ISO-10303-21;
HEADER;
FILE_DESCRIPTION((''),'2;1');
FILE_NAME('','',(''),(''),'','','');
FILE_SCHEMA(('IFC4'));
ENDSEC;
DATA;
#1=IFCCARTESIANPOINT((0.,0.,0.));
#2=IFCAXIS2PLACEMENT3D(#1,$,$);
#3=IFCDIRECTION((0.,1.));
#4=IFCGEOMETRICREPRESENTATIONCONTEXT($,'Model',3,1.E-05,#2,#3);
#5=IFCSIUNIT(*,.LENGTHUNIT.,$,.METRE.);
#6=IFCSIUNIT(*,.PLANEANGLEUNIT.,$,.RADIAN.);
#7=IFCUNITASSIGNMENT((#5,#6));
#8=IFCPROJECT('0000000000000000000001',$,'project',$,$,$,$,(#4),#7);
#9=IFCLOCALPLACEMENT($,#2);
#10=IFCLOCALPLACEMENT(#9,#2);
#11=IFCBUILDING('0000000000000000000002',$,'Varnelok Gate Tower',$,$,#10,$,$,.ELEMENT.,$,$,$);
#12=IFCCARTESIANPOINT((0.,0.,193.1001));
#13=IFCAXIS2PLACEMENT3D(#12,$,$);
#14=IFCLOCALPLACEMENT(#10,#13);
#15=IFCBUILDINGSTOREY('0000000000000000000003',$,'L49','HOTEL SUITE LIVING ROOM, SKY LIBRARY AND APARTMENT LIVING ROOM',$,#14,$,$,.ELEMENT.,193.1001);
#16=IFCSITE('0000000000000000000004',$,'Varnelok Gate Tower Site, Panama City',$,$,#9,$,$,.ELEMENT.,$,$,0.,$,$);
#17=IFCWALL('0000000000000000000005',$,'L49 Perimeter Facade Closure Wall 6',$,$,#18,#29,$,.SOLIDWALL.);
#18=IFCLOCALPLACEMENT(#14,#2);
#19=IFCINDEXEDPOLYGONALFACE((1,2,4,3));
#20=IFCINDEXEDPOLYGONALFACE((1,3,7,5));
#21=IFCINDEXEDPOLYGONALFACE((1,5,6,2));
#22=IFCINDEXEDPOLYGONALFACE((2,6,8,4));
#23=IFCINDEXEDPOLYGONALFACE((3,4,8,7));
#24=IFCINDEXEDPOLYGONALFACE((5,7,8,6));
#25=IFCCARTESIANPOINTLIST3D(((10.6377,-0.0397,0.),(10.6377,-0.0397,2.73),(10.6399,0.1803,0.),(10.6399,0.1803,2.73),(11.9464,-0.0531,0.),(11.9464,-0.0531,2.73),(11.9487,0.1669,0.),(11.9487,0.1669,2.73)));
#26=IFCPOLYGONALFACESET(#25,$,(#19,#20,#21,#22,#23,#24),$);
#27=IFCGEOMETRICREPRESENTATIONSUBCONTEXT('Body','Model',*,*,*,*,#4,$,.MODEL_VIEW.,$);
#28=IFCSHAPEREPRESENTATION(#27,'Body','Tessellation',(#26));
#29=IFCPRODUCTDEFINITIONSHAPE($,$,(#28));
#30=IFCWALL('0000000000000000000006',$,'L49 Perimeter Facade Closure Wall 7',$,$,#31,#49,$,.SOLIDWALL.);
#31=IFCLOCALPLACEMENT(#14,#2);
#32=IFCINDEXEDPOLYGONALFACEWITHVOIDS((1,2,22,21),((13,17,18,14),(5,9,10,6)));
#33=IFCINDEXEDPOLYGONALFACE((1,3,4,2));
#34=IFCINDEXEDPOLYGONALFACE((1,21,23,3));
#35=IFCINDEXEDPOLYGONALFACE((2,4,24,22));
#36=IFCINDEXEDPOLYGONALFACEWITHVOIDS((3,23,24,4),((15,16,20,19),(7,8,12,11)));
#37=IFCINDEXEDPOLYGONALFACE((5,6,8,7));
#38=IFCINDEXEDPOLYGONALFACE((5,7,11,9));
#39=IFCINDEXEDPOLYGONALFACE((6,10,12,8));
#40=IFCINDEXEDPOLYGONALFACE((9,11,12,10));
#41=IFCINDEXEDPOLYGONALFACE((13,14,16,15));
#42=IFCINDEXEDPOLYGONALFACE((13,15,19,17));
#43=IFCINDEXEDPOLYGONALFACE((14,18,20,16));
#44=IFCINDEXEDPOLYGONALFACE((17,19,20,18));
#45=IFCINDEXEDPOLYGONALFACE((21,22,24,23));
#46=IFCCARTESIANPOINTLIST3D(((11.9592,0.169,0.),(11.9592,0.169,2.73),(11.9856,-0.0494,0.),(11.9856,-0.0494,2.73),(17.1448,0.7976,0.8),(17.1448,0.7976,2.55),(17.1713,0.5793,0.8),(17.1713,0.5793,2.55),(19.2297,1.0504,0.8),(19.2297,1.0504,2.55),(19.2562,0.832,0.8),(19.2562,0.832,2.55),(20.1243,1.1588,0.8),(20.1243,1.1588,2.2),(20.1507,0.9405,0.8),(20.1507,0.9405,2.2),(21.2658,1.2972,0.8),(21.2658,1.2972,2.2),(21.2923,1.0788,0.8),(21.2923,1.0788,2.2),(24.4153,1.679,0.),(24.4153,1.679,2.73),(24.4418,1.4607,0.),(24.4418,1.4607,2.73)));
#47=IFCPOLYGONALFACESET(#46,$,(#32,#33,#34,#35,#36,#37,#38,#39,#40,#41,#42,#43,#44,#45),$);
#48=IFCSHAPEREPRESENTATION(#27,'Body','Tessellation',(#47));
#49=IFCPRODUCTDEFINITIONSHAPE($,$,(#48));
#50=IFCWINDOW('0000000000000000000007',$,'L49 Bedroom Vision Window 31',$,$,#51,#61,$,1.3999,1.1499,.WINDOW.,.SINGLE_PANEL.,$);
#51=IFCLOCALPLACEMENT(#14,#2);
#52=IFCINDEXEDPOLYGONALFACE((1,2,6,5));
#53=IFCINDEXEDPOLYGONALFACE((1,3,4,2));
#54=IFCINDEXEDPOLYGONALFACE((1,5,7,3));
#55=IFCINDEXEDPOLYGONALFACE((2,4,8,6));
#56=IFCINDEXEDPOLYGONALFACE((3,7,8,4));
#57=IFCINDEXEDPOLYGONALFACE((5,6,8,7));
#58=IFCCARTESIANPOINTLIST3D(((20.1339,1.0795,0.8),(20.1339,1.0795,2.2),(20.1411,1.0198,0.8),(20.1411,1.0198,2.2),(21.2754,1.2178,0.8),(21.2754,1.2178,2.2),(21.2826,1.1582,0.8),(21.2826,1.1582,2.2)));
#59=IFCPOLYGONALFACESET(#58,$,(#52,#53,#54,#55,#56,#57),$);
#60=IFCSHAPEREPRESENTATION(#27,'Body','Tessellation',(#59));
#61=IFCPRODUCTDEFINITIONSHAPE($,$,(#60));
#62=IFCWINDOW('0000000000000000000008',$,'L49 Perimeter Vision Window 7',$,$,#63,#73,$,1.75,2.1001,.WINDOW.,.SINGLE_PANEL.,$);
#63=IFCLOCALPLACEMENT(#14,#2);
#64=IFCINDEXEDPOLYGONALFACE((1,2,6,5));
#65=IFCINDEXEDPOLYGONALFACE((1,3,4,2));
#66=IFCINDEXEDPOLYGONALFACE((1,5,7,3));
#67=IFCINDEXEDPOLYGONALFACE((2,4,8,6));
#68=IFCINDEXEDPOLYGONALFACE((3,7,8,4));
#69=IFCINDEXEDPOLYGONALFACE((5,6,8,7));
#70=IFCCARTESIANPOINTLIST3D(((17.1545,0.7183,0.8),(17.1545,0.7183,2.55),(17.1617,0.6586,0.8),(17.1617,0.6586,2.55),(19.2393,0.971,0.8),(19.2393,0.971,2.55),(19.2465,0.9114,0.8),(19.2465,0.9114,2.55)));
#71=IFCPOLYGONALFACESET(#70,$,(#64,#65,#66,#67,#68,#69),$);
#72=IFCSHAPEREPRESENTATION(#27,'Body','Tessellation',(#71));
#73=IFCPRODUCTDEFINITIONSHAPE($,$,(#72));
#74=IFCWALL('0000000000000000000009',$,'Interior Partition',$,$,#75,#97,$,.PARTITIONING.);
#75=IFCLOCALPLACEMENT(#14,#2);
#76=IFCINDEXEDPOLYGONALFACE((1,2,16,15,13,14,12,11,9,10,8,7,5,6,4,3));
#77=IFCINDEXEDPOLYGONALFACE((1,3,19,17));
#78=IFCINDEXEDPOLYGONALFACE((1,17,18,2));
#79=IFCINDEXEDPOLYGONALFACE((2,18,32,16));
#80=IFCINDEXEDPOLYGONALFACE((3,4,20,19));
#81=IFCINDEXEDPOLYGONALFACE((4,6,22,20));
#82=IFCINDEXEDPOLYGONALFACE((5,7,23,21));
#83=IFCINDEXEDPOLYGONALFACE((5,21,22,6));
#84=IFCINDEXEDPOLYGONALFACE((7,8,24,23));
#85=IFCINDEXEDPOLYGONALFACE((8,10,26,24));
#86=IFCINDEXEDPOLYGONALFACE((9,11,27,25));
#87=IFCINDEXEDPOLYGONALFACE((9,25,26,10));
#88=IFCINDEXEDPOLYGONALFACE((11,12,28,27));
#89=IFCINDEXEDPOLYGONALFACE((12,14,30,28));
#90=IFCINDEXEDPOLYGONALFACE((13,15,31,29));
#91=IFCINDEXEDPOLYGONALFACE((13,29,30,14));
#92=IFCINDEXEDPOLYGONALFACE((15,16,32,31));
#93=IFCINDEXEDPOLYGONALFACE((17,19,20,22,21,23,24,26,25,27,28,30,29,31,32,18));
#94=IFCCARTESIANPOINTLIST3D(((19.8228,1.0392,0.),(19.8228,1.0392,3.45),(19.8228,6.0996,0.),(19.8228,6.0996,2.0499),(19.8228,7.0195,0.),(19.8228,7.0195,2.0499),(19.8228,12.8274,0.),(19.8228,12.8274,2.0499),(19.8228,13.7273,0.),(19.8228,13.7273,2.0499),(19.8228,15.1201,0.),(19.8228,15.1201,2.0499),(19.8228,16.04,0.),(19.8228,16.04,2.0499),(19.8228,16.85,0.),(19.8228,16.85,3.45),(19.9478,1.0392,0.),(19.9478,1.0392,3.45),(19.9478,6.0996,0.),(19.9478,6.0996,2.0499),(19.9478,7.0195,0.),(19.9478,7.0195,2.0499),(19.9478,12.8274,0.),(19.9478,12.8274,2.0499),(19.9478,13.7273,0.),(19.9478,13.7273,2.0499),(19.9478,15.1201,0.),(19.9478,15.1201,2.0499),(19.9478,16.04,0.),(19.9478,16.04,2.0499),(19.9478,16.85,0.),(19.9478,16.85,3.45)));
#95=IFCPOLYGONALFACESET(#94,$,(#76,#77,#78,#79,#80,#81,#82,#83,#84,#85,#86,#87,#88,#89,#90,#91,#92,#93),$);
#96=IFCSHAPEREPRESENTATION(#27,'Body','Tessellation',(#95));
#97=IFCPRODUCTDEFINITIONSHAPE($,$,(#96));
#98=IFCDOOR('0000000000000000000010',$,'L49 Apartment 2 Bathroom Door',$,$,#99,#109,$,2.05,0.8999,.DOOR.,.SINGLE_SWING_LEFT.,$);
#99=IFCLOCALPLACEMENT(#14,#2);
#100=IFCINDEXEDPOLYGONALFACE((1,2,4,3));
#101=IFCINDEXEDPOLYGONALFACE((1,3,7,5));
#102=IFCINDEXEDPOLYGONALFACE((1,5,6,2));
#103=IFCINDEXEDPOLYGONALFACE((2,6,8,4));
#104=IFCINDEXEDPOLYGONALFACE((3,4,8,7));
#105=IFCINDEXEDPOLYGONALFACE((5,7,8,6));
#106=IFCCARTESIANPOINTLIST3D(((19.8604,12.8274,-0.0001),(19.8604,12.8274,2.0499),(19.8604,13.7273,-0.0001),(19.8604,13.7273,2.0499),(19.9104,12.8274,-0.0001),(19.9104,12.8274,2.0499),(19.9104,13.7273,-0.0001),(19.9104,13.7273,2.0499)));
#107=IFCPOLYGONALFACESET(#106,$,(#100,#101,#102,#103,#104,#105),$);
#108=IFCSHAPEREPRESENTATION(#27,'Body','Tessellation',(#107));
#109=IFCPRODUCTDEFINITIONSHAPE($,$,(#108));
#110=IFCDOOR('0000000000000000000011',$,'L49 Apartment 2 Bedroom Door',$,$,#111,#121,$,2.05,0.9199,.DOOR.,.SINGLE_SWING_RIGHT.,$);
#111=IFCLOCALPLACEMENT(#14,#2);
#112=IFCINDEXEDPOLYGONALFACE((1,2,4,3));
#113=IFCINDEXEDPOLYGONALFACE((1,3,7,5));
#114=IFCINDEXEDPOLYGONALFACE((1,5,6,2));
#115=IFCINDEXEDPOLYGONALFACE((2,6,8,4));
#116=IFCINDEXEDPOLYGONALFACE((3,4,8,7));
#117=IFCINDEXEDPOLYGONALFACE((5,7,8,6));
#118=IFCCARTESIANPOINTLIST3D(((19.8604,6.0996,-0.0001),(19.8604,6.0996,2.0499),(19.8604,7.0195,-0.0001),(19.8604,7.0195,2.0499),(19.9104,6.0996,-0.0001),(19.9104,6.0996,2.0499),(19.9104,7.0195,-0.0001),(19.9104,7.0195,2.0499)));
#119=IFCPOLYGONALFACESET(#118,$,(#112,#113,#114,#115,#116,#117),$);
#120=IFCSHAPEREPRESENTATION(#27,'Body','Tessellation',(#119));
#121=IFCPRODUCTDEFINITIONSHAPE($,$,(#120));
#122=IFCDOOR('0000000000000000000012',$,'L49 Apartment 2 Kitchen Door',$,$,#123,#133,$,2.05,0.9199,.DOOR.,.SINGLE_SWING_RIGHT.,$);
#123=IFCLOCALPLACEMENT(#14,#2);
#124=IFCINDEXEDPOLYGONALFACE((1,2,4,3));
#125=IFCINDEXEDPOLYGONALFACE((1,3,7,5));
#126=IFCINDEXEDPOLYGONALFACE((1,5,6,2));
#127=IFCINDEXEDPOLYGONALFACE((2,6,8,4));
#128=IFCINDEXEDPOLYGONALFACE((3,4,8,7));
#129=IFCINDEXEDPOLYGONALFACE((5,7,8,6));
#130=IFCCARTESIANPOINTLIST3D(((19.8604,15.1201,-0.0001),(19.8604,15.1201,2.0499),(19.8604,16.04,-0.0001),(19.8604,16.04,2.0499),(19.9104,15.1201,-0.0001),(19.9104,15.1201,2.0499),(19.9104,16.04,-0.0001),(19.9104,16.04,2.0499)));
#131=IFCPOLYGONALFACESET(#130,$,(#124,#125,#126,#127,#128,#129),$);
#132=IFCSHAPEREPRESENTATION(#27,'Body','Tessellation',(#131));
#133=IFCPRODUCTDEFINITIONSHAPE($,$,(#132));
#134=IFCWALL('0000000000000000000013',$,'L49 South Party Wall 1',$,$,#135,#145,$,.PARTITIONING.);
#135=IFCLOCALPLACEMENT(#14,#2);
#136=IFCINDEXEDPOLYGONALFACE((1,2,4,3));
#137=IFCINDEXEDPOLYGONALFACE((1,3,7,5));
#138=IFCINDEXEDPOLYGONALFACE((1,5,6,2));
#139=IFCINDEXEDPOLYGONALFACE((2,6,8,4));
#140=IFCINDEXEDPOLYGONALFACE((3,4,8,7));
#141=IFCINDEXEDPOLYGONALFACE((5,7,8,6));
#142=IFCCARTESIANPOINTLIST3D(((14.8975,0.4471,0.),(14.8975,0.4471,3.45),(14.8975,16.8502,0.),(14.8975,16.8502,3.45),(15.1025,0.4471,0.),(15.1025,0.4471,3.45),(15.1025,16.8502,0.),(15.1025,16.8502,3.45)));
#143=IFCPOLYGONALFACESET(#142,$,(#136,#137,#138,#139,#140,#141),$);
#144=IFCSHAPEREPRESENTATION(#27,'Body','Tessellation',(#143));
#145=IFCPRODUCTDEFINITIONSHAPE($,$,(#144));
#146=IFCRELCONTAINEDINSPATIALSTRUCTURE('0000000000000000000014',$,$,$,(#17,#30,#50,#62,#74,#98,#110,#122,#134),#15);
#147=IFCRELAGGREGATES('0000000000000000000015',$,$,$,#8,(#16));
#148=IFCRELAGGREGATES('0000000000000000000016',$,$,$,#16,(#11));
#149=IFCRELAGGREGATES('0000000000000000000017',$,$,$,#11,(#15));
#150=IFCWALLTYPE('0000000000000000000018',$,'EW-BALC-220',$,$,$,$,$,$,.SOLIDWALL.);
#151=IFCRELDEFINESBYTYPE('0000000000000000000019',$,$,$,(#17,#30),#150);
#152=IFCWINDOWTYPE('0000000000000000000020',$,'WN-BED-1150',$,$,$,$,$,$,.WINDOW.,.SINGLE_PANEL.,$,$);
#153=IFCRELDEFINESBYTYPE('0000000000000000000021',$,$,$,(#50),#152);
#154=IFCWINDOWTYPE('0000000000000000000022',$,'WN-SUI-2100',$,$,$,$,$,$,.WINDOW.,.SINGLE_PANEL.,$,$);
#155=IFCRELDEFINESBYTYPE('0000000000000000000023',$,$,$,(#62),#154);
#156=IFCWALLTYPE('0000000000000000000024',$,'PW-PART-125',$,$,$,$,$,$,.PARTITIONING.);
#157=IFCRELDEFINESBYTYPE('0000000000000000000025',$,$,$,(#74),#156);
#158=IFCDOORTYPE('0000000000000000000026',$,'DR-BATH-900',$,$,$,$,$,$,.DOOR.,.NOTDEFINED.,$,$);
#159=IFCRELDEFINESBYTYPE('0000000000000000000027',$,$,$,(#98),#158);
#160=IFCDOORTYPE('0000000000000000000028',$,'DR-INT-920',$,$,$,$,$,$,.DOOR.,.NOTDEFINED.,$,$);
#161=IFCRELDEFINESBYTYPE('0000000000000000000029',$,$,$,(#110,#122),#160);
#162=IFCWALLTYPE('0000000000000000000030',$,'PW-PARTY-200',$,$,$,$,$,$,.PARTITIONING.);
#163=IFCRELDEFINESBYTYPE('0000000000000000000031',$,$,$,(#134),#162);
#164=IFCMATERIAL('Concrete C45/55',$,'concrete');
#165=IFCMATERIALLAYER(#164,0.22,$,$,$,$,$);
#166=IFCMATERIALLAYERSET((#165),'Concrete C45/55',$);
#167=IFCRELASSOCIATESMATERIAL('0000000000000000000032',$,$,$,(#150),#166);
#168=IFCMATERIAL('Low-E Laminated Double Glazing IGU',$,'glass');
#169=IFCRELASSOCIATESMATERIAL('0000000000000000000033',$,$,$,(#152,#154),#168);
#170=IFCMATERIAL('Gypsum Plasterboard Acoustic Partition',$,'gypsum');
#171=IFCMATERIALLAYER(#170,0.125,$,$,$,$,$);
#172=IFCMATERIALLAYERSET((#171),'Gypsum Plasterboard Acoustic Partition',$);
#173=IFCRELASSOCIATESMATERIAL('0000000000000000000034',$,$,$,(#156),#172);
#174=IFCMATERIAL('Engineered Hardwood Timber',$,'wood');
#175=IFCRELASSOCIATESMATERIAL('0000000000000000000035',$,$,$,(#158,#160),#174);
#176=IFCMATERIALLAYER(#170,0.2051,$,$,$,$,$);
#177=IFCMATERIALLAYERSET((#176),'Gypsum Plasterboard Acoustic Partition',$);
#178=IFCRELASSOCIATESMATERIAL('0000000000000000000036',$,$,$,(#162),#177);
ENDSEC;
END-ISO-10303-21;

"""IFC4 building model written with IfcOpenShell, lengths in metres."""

from ifc_helpers import new_model, si_unit, direction, frame, frame_2d, origin, place, context, subcontext, project, spatial, rectangle, extrude, material, layer, layer_set, type_object, element, fill, save


model = new_model("IFC4")

# Units and contexts
model_context = context("Model", 3, precision=1e-05, world=origin(), true_north=direction((0.0, 1.0)))
body_context = subcontext(model_context, "Body", "Model", "MODEL_VIEW")
ifc_project = project(units=[si_unit("LENGTHUNIT", "METRE"), si_unit("PLANEANGLEUNIT", "RADIAN")], contexts=[model_context])

# Site, building, storey
site_placement = place(None, origin())
site = spatial("IfcSite", under=ifc_project, at=site_placement, Name="Varnelok Gate Tower Site, Panama City", CompositionType="ELEMENT", RefElevation=0.0)
building_placement = place(site_placement, origin())
building = spatial("IfcBuilding", under=site, at=building_placement, Name="Varnelok Gate Tower", CompositionType="ELEMENT")
storey_placement = place(building_placement, frame((0.0, 0.0, 193.1001)))
storey = spatial("IfcBuildingStorey", under=building, at=storey_placement, Name="L49", Description="HOTEL SUITE LIVING ROOM, SKY LIBRARY AND APARTMENT LIVING ROOM", CompositionType="ELEMENT", Elevation=193.1001)

# Shared definitions
ifc_material_1 = material(Name="Concrete C45/55", Category="concrete")

# Wall
ifc_layer_1 = layer(ifc_material_1, 0.22)
ifc_layer_set_1 = layer_set([ifc_layer_1], Name="Concrete C45/55")
wall_type_1 = type_object("IfcWallType", Name="EW-BALC-220", PredefinedType="SOLIDWALL", material=ifc_layer_set_1)
wall_1_placement = place(storey_placement, frame((10.6389, 0.0703, 0.0), z_axis=(0.0, 0.0, 1.0), x_axis=(0.999947, -0.010259, 0.0)))
element("IfcWall", 1, at=wall_1_placement, inside=storey, type_object=wall_type_1, Name="L49 Perimeter Facade Closure Wall 6", PredefinedType="SOLIDWALL", context=body_context, shape_type="SweptSolid", body=[
    extrude(rectangle(XDim=1.3088, YDim=0.22, at=frame_2d((0.6543, 0.0))), origin(), (0.0, 0.0, 1.0), 2.73),
])

# Wall, openings, windows
wall_2_placement = place(storey_placement, frame((11.9724, 0.0598, 0.0), z_axis=(0.0, 0.0, 1.0), x_axis=(0.992732, 0.120346, 0.0)))
wall_2 = element("IfcWall", 2, at=wall_2_placement, inside=storey, type_object=wall_type_1, Name="L49 Perimeter Facade Closure Wall 7", PredefinedType="SOLIDWALL", context=body_context, shape_type="SweptSolid", body=[
    extrude(rectangle(XDim=12.5474, YDim=0.22, at=frame_2d((6.2737, 0.0))), origin(), (0.0, 0.0, 1.0), 2.73),
])
opening_1_placement = place(wall_2_placement, frame((5.2236, 0.0, 0.8)))
opening_1 = element("IfcOpeningElement", 3, at=opening_1_placement, cuts=wall_2, PredefinedType="OPENING", context=body_context, shape_type="SweptSolid", body=[
    extrude(rectangle(XDim=2.1001, YDim=1.75, at=frame_2d((1.05, 0.875))), frame((0.0, 0.1199, 0.0), z_axis=(0.0, -1.0, 0.0), x_axis=(1.0, 0.0, 0.0)), (0.0, 0.0, 1.0), 0.24),
])
opening_2_placement = place(wall_2_placement, frame((8.2249, 0.0, 0.8)))
opening_2 = element("IfcOpeningElement", 4, at=opening_2_placement, cuts=wall_2, PredefinedType="OPENING", context=body_context, shape_type="SweptSolid", body=[
    extrude(rectangle(XDim=1.1499, YDim=1.3999, at=frame_2d((0.575, 0.7))), frame((0.0, 0.1199, 0.0), z_axis=(0.0, -1.0, 0.0), x_axis=(1.0, 0.0, 0.0)), (0.0, 0.0, 1.0), 0.24),
])
ifc_material_2 = material(Name="Low-E Laminated Double Glazing IGU", Category="glass")
window_type_1 = type_object("IfcWindowType", Name="WN-BED-1150", PartitioningType="SINGLE_PANEL", PredefinedType="WINDOW", material=ifc_material_2)
window_1_placement = place(opening_2_placement, origin())
window_1 = element("IfcWindow", 5, at=window_1_placement, inside=storey, type_object=window_type_1, Name="L49 Bedroom Vision Window 31", OverallHeight=1.3999, OverallWidth=1.1499, PartitioningType="SINGLE_PANEL", PredefinedType="WINDOW", context=body_context, shape_type="SweptSolid", body=[
    extrude(rectangle(XDim=1.1499, YDim=1.3999, at=frame_2d((0.575, 0.7))), frame((0.0, 0.03, 0.0), z_axis=(0.0, -1.0, 0.0), x_axis=(1.0, 0.0, 0.0)), (0.0, 0.0, 1.0), 0.0601),
])
fill(opening_2, window_1)
window_type_2 = type_object("IfcWindowType", Name="WN-SUI-2100", PartitioningType="SINGLE_PANEL", PredefinedType="WINDOW", material=ifc_material_2)
window_2_placement = place(opening_1_placement, origin())
window_2 = element("IfcWindow", 6, at=window_2_placement, inside=storey, type_object=window_type_2, Name="L49 Perimeter Vision Window 7", OverallHeight=1.75, OverallWidth=2.1001, PartitioningType="SINGLE_PANEL", PredefinedType="WINDOW", context=body_context, shape_type="SweptSolid", body=[
    extrude(rectangle(XDim=2.1001, YDim=1.75, at=frame_2d((1.05, 0.875))), frame((0.0, 0.03, 0.0), z_axis=(0.0, -1.0, 0.0), x_axis=(1.0, 0.0, 0.0)), (0.0, 0.0, 1.0), 0.0601),
])
fill(opening_1, window_2)

# Wall, openings, doors
ifc_material_3 = material(Name="Gypsum Plasterboard Acoustic Partition", Category="gypsum")
ifc_layer_2 = layer(ifc_material_3, 0.125)
ifc_layer_set_2 = layer_set([ifc_layer_2], Name="Gypsum Plasterboard Acoustic Partition")
wall_type_2 = type_object("IfcWallType", Name="PW-PART-125", PredefinedType="PARTITIONING", material=ifc_layer_set_2)
wall_3_placement = place(storey_placement, frame((19.8853, 1.0393, 0.0), z_axis=(0.0, 0.0, 1.0), x_axis=(0.0, 1.0, 0.0)))
wall_3 = element("IfcWall", 7, at=wall_3_placement, inside=storey, type_object=wall_type_2, Name="Interior Partition", PredefinedType="PARTITIONING", context=body_context, shape_type="SweptSolid", body=[
    extrude(rectangle(XDim=15.8108, YDim=0.125, at=frame_2d((7.9053, 0.0))), origin(), (0.0, 0.0, 1.0), 3.45),
])
opening_3_placement = place(wall_3_placement, frame((5.0603, 0.0, 0.0)))
opening_3 = element("IfcOpeningElement", 8, at=opening_3_placement, cuts=wall_3, PredefinedType="OPENING", context=body_context, shape_type="SweptSolid", body=[
    extrude(rectangle(XDim=0.9199, YDim=2.05, at=frame_2d((0.46, 1.0249))), frame((0.0, 0.0725, 0.0), z_axis=(0.0, -1.0, 0.0), x_axis=(1.0, 0.0, 0.0)), (0.0, 0.0, 1.0), 0.145),
])
opening_4_placement = place(wall_3_placement, frame((11.7881, 0.0, 0.0)))
opening_4 = element("IfcOpeningElement", 9, at=opening_4_placement, cuts=wall_3, PredefinedType="OPENING", context=body_context, shape_type="SweptSolid", body=[
    extrude(rectangle(XDim=0.8999, YDim=2.05, at=frame_2d((0.45, 1.0249))), frame((0.0, 0.0725, 0.0), z_axis=(0.0, -1.0, 0.0), x_axis=(1.0, 0.0, 0.0)), (0.0, 0.0, 1.0), 0.145),
])
opening_5_placement = place(wall_3_placement, frame((14.0808, 0.0, 0.0)))
opening_5 = element("IfcOpeningElement", 10, at=opening_5_placement, cuts=wall_3, PredefinedType="OPENING", context=body_context, shape_type="SweptSolid", body=[
    extrude(rectangle(XDim=0.9199, YDim=2.05, at=frame_2d((0.46, 1.0249))), frame((0.0, 0.0725, 0.0), z_axis=(0.0, -1.0, 0.0), x_axis=(1.0, 0.0, 0.0)), (0.0, 0.0, 1.0), 0.145),
])
ifc_material_4 = material(Name="Engineered Hardwood Timber", Category="wood")
door_type_1 = type_object("IfcDoorType", Name="DR-BATH-900", OperationType="NOTDEFINED", PredefinedType="DOOR", material=ifc_material_4)
door_1_placement = place(opening_4_placement, origin())
door_1 = element("IfcDoor", 11, at=door_1_placement, inside=storey, type_object=door_type_1, Name="L49 Apartment 2 Bathroom Door", OperationType="SINGLE_SWING_LEFT", OverallHeight=2.05, OverallWidth=0.8999, PredefinedType="DOOR", context=body_context, shape_type="SweptSolid", body=[
    extrude(rectangle(XDim=0.8999, YDim=2.05, at=frame_2d((0.45, 1.0249))), frame((0.0, 0.0249, 0.0), z_axis=(0.0, -1.0, 0.0), x_axis=(1.0, 0.0, 0.0)), (0.0, 0.0, 1.0), 0.05),
])
fill(opening_4, door_1)
door_type_2 = type_object("IfcDoorType", Name="DR-INT-920", OperationType="NOTDEFINED", PredefinedType="DOOR", material=ifc_material_4)
door_2_placement = place(opening_3_placement, origin())
door_2 = element("IfcDoor", 12, at=door_2_placement, inside=storey, type_object=door_type_2, Name="L49 Apartment 2 Bedroom Door", OperationType="SINGLE_SWING_RIGHT", OverallHeight=2.05, OverallWidth=0.9199, PredefinedType="DOOR", context=body_context, shape_type="SweptSolid", body=[
    extrude(rectangle(XDim=0.9199, YDim=2.05, at=frame_2d((0.46, 1.0249))), frame((0.0, 0.0249, 0.0), z_axis=(0.0, -1.0, 0.0), x_axis=(1.0, 0.0, 0.0)), (0.0, 0.0, 1.0), 0.05),
])
fill(opening_3, door_2)
door_3_placement = place(opening_5_placement, origin())
door_3 = element("IfcDoor", 13, at=door_3_placement, inside=storey, type_object=door_type_2, Name="L49 Apartment 2 Kitchen Door", OperationType="SINGLE_SWING_RIGHT", OverallHeight=2.05, OverallWidth=0.9199, PredefinedType="DOOR", context=body_context, shape_type="SweptSolid", body=[
    extrude(rectangle(XDim=0.9199, YDim=2.05, at=frame_2d((0.46, 1.0249))), frame((0.0, 0.0249, 0.0), z_axis=(0.0, -1.0, 0.0), x_axis=(1.0, 0.0, 0.0)), (0.0, 0.0, 1.0), 0.05),
])
fill(opening_5, door_3)

# Wall
ifc_layer_3 = layer(ifc_material_3, 0.2051)
ifc_layer_set_3 = layer_set([ifc_layer_3], Name="Gypsum Plasterboard Acoustic Partition")
wall_type_3 = type_object("IfcWallType", Name="PW-PARTY-200", PredefinedType="PARTITIONING", material=ifc_layer_set_3)
wall_4_placement = place(storey_placement, frame((15.0, 0.447, 0.0), z_axis=(0.0, 0.0, 1.0), x_axis=(0.0, 1.0, 0.0)))
element("IfcWall", 14, at=wall_4_placement, inside=storey, type_object=wall_type_3, Name="L49 South Party Wall 1", PredefinedType="PARTITIONING", context=body_context, shape_type="SweptSolid", body=[
    extrude(rectangle(XDim=16.4031, YDim=0.2051, at=frame_2d((8.2017, 0.0))), origin(), (0.0, 0.0, 1.0), 3.45),
])

save(model, "model.ifc")
